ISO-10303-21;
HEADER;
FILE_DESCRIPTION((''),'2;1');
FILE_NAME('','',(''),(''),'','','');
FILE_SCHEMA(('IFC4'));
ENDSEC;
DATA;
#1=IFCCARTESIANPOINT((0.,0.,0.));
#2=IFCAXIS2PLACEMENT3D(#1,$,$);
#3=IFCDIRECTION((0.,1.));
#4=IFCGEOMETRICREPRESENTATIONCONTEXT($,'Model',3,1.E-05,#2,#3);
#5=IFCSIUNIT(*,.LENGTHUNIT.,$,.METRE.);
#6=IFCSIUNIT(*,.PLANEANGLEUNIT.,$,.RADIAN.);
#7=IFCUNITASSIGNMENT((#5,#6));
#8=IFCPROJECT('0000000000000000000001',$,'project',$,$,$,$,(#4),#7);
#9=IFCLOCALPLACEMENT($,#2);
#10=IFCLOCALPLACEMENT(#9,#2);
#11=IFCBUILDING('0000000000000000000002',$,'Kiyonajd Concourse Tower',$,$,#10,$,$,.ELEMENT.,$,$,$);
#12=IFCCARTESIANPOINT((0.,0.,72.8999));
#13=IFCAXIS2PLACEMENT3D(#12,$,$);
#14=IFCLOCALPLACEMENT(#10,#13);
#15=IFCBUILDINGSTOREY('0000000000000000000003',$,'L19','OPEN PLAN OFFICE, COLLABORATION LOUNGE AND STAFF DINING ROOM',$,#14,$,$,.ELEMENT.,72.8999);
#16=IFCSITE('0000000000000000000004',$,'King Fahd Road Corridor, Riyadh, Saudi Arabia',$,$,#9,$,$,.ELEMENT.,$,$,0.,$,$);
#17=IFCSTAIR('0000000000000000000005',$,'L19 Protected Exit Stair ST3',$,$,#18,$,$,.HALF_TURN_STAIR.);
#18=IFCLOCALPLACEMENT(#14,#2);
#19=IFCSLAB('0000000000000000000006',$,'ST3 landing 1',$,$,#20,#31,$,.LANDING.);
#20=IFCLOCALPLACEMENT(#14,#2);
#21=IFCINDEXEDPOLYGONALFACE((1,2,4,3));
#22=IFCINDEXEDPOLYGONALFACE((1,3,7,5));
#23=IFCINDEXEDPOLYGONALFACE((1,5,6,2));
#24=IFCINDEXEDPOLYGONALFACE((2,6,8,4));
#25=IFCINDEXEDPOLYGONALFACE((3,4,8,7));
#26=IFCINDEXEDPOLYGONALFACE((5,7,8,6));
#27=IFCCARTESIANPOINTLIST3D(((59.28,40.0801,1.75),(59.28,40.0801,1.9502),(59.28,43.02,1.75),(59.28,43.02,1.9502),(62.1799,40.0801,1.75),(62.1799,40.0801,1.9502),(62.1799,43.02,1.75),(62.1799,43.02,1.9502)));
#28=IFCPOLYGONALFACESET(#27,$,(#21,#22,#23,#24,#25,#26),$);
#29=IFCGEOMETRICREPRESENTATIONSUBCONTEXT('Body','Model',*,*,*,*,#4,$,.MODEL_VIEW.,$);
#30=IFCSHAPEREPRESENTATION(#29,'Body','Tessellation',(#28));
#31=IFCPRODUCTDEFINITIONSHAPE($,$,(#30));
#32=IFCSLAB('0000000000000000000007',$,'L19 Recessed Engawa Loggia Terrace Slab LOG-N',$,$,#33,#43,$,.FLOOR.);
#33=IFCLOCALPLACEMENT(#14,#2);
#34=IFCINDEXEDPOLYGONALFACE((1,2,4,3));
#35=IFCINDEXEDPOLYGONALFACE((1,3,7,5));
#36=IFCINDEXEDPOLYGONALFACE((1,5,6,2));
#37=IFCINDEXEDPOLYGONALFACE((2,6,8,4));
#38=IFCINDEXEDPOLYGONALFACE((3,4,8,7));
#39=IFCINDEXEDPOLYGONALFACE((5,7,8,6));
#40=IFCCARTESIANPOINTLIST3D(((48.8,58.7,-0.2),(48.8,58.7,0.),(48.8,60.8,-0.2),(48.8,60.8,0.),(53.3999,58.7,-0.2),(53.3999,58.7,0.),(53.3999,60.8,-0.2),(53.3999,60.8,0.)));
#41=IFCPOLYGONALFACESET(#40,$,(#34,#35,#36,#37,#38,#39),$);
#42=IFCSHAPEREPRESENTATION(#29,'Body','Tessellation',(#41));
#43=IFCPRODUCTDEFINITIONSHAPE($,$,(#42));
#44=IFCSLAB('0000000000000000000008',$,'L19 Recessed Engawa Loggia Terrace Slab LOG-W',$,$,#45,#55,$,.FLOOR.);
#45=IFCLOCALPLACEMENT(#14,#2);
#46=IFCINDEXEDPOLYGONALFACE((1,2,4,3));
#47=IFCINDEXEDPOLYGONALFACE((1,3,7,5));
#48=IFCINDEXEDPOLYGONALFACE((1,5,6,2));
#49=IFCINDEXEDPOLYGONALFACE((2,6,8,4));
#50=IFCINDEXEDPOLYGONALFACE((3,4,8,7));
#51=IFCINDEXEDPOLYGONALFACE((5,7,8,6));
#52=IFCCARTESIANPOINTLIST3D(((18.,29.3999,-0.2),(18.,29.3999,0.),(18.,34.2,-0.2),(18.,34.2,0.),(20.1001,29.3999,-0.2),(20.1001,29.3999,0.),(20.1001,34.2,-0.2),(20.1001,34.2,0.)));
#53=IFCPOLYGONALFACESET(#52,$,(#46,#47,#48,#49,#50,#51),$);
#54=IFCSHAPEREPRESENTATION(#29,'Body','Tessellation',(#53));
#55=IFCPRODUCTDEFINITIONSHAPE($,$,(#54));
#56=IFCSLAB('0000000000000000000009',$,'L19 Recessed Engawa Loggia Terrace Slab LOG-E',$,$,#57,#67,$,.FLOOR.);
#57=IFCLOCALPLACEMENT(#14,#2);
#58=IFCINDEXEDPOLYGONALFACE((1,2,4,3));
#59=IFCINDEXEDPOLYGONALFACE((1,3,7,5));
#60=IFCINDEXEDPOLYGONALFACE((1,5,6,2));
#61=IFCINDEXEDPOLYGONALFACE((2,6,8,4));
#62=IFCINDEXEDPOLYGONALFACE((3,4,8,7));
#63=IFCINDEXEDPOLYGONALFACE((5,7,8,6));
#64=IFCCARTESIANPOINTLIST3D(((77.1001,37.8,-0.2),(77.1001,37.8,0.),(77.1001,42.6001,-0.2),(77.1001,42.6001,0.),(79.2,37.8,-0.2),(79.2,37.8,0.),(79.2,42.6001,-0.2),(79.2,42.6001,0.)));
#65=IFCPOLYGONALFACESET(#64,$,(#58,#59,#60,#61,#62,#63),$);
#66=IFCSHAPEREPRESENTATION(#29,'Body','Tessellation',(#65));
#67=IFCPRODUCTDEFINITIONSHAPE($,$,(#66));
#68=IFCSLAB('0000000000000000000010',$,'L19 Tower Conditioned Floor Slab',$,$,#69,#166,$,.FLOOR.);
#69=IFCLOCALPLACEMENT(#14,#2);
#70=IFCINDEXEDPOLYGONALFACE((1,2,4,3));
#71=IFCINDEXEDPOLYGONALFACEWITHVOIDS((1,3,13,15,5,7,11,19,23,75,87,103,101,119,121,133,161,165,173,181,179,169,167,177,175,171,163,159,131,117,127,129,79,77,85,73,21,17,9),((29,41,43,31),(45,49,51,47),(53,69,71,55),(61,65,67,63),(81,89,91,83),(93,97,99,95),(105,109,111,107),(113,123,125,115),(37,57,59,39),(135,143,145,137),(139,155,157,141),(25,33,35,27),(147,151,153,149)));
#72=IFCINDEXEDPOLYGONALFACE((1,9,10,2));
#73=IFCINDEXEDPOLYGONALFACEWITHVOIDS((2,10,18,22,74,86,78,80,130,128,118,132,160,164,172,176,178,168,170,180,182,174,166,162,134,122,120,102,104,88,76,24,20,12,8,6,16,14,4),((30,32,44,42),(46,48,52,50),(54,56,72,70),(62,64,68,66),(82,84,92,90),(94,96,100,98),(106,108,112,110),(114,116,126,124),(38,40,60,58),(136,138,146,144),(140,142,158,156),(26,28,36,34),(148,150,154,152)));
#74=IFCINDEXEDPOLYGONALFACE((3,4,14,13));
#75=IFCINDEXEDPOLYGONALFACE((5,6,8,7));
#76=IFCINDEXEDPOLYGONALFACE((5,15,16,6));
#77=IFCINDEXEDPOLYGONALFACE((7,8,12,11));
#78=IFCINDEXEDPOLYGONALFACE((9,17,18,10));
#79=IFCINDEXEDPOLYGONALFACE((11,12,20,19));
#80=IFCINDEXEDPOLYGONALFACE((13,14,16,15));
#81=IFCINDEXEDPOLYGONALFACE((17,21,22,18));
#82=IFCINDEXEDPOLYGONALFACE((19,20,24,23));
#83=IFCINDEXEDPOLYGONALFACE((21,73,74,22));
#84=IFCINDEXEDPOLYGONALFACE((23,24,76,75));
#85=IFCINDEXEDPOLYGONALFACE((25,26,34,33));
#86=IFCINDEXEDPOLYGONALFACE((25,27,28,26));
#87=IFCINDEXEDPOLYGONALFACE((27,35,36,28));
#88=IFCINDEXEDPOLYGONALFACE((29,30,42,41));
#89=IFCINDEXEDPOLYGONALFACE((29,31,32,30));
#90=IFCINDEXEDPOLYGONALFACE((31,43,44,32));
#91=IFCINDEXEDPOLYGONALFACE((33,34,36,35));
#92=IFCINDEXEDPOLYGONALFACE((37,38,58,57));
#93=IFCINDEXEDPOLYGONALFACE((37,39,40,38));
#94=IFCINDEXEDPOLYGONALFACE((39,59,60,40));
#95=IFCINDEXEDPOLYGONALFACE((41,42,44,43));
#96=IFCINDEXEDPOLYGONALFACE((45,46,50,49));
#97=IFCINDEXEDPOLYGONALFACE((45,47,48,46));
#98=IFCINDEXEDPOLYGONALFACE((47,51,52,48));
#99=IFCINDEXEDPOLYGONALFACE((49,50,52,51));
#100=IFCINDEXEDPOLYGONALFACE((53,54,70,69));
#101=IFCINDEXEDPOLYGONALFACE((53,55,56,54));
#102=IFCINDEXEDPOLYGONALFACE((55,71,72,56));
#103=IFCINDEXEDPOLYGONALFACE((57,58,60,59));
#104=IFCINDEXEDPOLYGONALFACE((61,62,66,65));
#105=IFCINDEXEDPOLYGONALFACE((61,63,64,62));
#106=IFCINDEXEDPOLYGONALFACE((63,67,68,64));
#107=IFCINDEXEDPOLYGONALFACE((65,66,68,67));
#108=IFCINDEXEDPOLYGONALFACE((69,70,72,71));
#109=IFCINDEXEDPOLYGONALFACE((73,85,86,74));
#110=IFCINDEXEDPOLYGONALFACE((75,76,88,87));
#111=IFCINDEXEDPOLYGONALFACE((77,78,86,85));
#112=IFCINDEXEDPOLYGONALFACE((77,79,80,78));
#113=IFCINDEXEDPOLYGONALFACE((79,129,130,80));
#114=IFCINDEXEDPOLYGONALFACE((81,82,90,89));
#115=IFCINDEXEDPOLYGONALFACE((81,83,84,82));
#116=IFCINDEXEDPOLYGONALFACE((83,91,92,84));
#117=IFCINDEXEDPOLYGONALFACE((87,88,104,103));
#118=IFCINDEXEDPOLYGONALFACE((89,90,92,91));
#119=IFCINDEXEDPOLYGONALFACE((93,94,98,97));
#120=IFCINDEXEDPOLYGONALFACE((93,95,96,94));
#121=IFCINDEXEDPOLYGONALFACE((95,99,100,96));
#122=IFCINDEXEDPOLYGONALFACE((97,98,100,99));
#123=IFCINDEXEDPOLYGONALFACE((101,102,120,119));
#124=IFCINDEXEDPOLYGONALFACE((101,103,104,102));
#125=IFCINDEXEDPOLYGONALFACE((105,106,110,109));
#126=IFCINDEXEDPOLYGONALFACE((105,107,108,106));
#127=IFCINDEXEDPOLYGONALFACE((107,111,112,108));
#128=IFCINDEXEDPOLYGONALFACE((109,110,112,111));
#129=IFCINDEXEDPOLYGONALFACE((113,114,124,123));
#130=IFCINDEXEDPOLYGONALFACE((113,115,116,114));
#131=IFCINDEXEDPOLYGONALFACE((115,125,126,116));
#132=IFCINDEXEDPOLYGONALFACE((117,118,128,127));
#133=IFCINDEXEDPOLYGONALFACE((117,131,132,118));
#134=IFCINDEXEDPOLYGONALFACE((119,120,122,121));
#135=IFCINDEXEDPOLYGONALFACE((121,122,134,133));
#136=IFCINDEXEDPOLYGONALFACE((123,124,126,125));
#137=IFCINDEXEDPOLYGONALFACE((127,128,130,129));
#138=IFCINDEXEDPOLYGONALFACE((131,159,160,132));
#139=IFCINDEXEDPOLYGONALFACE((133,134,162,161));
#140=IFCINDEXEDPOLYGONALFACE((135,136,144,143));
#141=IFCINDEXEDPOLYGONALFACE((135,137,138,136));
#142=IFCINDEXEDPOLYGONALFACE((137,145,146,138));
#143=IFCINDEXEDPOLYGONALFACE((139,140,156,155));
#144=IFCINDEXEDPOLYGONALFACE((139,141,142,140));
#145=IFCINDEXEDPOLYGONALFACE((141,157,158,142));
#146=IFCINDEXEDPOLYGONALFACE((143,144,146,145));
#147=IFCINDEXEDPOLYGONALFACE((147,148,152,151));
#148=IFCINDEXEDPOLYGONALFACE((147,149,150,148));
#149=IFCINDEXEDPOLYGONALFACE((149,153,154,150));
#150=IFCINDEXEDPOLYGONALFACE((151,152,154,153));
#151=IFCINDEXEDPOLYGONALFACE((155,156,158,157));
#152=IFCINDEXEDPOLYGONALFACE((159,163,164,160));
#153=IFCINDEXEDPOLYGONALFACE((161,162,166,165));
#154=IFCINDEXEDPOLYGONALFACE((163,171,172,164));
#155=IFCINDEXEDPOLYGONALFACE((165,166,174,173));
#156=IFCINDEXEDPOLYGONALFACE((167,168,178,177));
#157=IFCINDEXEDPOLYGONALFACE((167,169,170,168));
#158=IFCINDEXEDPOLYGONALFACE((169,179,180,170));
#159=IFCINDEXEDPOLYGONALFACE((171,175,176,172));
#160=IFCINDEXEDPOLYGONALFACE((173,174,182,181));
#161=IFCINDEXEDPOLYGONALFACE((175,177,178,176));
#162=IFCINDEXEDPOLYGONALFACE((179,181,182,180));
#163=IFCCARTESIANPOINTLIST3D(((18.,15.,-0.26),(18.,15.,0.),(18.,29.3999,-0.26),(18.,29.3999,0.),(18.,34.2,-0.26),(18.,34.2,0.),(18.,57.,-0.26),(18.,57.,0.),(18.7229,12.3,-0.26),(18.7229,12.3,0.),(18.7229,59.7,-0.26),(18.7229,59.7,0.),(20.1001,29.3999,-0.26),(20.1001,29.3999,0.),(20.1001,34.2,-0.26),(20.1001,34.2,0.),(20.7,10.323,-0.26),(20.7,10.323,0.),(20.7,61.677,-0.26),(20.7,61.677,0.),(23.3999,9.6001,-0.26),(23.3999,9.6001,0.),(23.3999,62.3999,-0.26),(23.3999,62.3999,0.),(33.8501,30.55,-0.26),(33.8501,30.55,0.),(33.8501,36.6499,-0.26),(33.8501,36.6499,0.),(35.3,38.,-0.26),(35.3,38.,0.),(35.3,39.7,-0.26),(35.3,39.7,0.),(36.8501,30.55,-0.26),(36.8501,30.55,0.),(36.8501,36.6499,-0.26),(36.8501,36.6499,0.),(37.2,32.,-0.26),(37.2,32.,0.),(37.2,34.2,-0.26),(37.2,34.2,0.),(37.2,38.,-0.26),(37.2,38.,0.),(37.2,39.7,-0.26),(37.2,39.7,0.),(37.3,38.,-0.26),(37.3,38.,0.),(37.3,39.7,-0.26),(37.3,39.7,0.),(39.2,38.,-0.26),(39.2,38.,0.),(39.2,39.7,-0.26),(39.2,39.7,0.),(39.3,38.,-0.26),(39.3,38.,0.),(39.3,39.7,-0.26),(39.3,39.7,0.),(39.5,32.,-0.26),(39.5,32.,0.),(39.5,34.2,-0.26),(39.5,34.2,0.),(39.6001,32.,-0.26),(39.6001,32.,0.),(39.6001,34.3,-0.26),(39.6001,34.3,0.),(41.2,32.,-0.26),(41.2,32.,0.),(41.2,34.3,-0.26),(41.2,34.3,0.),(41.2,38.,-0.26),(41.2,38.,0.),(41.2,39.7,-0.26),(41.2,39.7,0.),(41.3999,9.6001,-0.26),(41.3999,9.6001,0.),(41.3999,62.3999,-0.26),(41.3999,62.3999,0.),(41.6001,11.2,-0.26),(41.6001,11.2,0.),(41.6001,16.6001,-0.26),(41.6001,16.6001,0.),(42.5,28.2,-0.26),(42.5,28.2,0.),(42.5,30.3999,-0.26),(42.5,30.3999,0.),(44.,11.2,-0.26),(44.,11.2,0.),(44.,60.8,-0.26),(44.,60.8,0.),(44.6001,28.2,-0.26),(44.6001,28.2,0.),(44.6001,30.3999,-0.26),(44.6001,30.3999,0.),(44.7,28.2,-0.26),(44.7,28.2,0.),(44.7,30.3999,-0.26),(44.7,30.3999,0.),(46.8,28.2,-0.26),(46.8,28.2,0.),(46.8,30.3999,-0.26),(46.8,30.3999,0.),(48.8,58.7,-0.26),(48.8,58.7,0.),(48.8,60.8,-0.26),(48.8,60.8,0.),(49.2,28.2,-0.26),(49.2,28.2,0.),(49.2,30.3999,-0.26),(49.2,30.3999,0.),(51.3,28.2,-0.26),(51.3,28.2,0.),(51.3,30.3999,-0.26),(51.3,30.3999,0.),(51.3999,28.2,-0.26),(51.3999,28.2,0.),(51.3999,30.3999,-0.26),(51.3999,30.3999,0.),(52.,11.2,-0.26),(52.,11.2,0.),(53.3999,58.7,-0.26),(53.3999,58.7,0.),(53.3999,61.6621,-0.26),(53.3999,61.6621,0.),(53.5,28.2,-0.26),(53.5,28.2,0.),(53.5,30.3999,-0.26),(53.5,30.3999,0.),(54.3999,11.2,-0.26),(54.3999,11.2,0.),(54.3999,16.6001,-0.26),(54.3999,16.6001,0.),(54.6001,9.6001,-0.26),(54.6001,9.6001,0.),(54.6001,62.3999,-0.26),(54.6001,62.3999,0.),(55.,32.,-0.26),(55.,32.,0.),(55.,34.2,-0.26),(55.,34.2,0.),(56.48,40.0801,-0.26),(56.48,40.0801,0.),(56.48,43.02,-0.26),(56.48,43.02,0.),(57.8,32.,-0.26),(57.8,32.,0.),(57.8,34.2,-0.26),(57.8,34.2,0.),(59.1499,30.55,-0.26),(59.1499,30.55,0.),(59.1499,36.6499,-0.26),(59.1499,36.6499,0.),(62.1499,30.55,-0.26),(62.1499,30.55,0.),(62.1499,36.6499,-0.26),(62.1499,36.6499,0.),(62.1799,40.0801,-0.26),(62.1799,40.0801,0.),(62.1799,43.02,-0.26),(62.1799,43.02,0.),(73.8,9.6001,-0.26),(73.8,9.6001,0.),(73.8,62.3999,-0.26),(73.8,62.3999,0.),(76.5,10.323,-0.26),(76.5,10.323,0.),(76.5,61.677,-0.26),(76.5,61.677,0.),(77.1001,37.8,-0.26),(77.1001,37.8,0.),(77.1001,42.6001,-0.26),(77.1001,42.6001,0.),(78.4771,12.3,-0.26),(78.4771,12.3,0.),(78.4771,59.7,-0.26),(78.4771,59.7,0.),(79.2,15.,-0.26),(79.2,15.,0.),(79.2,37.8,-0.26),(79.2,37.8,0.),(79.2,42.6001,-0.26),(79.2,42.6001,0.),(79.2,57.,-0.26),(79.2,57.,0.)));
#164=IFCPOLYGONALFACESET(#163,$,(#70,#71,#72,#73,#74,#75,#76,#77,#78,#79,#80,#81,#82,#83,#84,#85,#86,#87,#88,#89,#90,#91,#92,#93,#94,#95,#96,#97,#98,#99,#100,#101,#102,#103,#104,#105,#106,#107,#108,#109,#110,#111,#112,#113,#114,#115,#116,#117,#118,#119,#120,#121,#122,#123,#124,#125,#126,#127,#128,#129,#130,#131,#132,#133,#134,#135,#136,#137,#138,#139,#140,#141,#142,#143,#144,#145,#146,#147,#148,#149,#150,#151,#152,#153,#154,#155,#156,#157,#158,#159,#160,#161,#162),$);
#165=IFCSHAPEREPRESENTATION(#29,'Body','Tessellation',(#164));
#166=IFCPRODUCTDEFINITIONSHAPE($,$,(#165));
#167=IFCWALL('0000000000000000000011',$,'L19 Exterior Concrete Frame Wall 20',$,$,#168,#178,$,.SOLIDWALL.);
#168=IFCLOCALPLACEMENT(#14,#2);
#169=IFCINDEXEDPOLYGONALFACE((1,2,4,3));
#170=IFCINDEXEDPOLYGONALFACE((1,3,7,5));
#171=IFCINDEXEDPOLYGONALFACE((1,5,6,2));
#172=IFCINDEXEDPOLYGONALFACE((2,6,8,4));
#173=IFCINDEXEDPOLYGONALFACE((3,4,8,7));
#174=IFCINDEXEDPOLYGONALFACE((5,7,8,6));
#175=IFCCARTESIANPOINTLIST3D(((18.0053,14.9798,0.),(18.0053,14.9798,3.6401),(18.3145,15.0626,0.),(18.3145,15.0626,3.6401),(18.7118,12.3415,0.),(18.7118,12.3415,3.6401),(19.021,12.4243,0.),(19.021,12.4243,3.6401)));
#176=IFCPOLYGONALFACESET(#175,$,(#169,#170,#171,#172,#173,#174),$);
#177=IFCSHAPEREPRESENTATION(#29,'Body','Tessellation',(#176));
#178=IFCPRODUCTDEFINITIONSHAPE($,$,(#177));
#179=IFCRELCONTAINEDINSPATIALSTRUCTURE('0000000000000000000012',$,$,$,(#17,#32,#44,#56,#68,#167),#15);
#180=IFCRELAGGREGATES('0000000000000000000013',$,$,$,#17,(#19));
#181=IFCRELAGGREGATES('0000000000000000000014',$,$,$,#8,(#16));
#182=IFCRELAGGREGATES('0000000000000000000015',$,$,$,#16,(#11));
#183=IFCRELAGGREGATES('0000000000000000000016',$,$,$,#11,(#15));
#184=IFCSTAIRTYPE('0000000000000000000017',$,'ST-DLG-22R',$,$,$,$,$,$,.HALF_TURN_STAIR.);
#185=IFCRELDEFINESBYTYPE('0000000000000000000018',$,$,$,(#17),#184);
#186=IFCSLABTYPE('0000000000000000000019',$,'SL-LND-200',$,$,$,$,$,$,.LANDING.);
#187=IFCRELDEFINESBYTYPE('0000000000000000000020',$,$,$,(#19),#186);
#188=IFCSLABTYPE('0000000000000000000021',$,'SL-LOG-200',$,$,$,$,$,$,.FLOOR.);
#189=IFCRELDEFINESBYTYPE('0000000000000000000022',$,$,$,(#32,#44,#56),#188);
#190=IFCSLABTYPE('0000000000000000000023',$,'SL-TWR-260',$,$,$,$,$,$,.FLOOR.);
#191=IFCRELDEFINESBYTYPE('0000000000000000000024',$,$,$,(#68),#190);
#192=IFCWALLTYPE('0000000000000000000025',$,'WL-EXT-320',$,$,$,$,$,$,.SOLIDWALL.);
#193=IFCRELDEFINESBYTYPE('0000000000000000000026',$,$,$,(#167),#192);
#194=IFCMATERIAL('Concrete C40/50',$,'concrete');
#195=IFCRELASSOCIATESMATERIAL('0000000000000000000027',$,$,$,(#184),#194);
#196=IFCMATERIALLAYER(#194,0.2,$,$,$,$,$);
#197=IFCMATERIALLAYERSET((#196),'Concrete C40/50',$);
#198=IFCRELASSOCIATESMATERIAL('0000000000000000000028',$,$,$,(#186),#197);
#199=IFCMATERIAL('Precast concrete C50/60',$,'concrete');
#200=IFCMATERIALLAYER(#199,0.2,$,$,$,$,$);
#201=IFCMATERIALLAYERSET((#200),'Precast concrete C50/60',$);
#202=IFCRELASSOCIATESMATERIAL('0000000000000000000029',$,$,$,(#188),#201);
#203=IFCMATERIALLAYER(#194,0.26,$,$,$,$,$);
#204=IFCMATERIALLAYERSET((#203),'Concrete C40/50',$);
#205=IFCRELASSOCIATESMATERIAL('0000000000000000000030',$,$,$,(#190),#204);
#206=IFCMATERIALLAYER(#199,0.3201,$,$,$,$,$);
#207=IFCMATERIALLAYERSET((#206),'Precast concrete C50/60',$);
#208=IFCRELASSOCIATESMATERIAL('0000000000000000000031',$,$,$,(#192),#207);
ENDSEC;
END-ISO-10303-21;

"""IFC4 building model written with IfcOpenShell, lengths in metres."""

from ifc_helpers import new_model, si_unit, direction, frame, frame_2d, origin, place, context, subcontext, project, spatial, polyline, rectangle, outline, extrude, material, layer, layer_set, type_object, element, aggregate, save


model = new_model("IFC4")

# Units and contexts
model_context = context("Model", 3, precision=1e-05, world=origin(), true_north=direction((0.0, 1.0)))
body_context = subcontext(model_context, "Body", "Model", "MODEL_VIEW")
ifc_project = project(units=[si_unit("LENGTHUNIT", "METRE"), si_unit("PLANEANGLEUNIT", "RADIAN")], contexts=[model_context])

# Site, building, storey
site_placement = place(None, origin())
site = spatial("IfcSite", under=ifc_project, at=site_placement, Name="King Fahd Road Corridor, Riyadh, Saudi Arabia", CompositionType="ELEMENT", RefElevation=0.0)
building_placement = place(site_placement, origin())
building = spatial("IfcBuilding", under=site, at=building_placement, Name="Kiyonajd Concourse Tower", CompositionType="ELEMENT")
storey_placement = place(building_placement, frame((0.0, 0.0, 72.8999)))
storey = spatial("IfcBuildingStorey", under=building, at=storey_placement, Name="L19", Description="OPEN PLAN OFFICE, COLLABORATION LOUNGE AND STAFF DINING ROOM", CompositionType="ELEMENT", Elevation=72.8999)

# Shared definitions
ifc_material_1 = material(Name="Precast concrete C50/60", Category="concrete")

# Stair, slab
ifc_material_2 = material(Name="Concrete C40/50", Category="concrete")
stair_type = type_object("IfcStairType", Name="ST-DLG-22R", PredefinedType="HALF_TURN_STAIR", material=ifc_material_2)
ifc_layer_1 = layer(ifc_material_2, 0.2)
ifc_layer_set_1 = layer_set([ifc_layer_1], Name="Concrete C40/50")
slab_type_1 = type_object("IfcSlabType", Name="SL-LND-200", PredefinedType="LANDING", material=ifc_layer_set_1)
stair_1_placement = place(storey_placement, origin())
stair_1 = element("IfcStair", 1, at=stair_1_placement, inside=storey, type_object=stair_type, Name="L19 Protected Exit Stair ST3", PredefinedType="HALF_TURN_STAIR")
slab_1_placement = place(storey_placement, frame((0.0, 0.0, 1.75)))
slab_1 = element("IfcSlab", 2, at=slab_1_placement, type_object=slab_type_1, Name="ST3 landing 1", PredefinedType="LANDING", context=body_context, shape_type="SweptSolid", body=[
    extrude(outline(polyline([(59.28, 40.0801), (62.1799, 40.0801), (62.1799, 43.02), (59.28, 43.02), (59.28, 40.0801)])), origin(), (0.0, 0.0, 1.0), 0.2002),
])
aggregate(stair_1, [slab_1])

# Slabs
ifc_layer_2 = layer(ifc_material_1, 0.2)
ifc_layer_set_2 = layer_set([ifc_layer_2], Name="Precast concrete C50/60")
slab_type_2 = type_object("IfcSlabType", Name="SL-LOG-200", PredefinedType="FLOOR", material=ifc_layer_set_2)
slab_2_placement = place(storey_placement, frame((0.0, 0.0, -0.2)))
element("IfcSlab", 3, at=slab_2_placement, inside=storey, type_object=slab_type_2, Name="L19 Recessed Engawa Loggia Terrace Slab LOG-N", PredefinedType="FLOOR", context=body_context, shape_type="SweptSolid", body=[
    extrude(outline(polyline([(48.8, 58.7), (53.3999, 58.7), (53.3999, 60.8), (48.8, 60.8), (48.8, 58.7)])), origin(), (0.0, 0.0, 1.0), 0.2),
])
slab_3_placement = place(storey_placement, frame((0.0, 0.0, -0.2)))
element("IfcSlab", 4, at=slab_3_placement, inside=storey, type_object=slab_type_2, Name="L19 Recessed Engawa Loggia Terrace Slab LOG-W", PredefinedType="FLOOR", context=body_context, shape_type="SweptSolid", body=[
    extrude(outline(polyline([(18.0, 29.3999), (20.1001, 29.3999), (20.1001, 34.2), (18.0, 34.2), (18.0, 29.3999)])), origin(), (0.0, 0.0, 1.0), 0.2),
])
slab_4_placement = place(storey_placement, frame((0.0, 0.0, -0.2)))
element("IfcSlab", 5, at=slab_4_placement, inside=storey, type_object=slab_type_2, Name="L19 Recessed Engawa Loggia Terrace Slab LOG-E", PredefinedType="FLOOR", context=body_context, shape_type="SweptSolid", body=[
    extrude(outline(polyline([(77.1001, 37.8), (79.2, 37.8), (79.2, 42.6001), (77.1001, 42.6001), (77.1001, 37.8)])), origin(), (0.0, 0.0, 1.0), 0.2),
])
ifc_layer_3 = layer(ifc_material_2, 0.26)
ifc_layer_set_3 = layer_set([ifc_layer_3], Name="Concrete C40/50")
slab_type_3 = type_object("IfcSlabType", Name="SL-TWR-260", PredefinedType="FLOOR", material=ifc_layer_set_3)
slab_5_placement = place(storey_placement, frame((0.0, 0.0, -0.26)))
element("IfcSlab", 6, at=slab_5_placement, inside=storey, type_object=slab_type_3, Name="L19 Tower Conditioned Floor Slab", PredefinedType="FLOOR", context=body_context, shape_type="SweptSolid", body=[
    extrude(outline(polyline([(78.4771, 59.7), (79.2, 57.0), (79.2, 42.6001), (77.1001, 42.6001), (77.1001, 37.8), (79.2, 37.8), (79.2, 15.0), (78.4771, 12.3), (76.5, 10.323), (73.8, 9.6001), (54.6001, 9.6001), (52.0, 11.2), (54.3999, 11.2), (54.3999, 16.6001), (41.6001, 16.6001), (41.6001, 11.2), (44.0, 11.2), (41.3999, 9.6001), (23.3999, 9.6001), (20.7, 10.323), (18.7229, 12.3), (18.0, 15.0), (18.0, 29.3999), (20.1001, 29.3999), (20.1001, 34.2), (18.0, 34.2), (18.0, 57.0), (18.7229, 59.7), (20.7, 61.677), (23.3999, 62.3999), (41.3999, 62.3999), (44.0, 60.8), (48.8, 60.8), (48.8, 58.7), (53.3999, 58.7), (53.3999, 61.6621), (54.6001, 62.3999), (73.8, 62.3999), (76.5, 61.677), (78.4771, 59.7)]), holes=[polyline([(44.6001, 28.2), (42.5, 28.2), (42.5, 30.3999), (44.6001, 30.3999), (44.6001, 28.2)]), polyline([(37.2, 32.0), (37.2, 34.2), (39.5, 34.2), (39.5, 32.0), (37.2, 32.0)]), polyline([(39.6001, 32.0), (39.6001, 34.3), (41.2, 34.3), (41.2, 32.0), (39.6001, 32.0)]), polyline([(36.8501, 30.55), (33.8501, 30.55), (33.8501, 36.6499), (36.8501, 36.6499), (36.8501, 30.55)]), polyline([(35.3, 38.0), (35.3, 39.7), (37.2, 39.7), (37.2, 38.0), (35.3, 38.0)]), polyline([(37.3, 38.0), (37.3, 39.7), (39.2, 39.7), (39.2, 38.0), (37.3, 38.0)]), polyline([(41.2, 38.0), (39.3, 38.0), (39.3, 39.7), (41.2, 39.7), (41.2, 38.0)]), polyline([(44.7, 28.2), (44.7, 30.3999), (46.8, 30.3999), (46.8, 28.2), (44.7, 28.2)]), polyline([(49.2, 28.2), (49.2, 30.3999), (51.3, 30.3999), (51.3, 28.2), (49.2, 28.2)]), polyline([(51.3999, 28.2), (51.3999, 30.3999), (53.5, 30.3999), (53.5, 28.2), (51.3999, 28.2)]), polyline([(55.0, 32.0), (55.0, 34.2), (57.8, 34.2), (57.8, 32.0), (55.0, 32.0)]), polyline([(59.1499, 30.55), (59.1499, 36.6499), (62.1499, 36.6499), (62.1499, 30.55), (59.1499, 30.55)]), polyline([(56.48, 43.02), (62.1799, 43.02), (62.1799, 40.0801), (56.48, 40.0801), (56.48, 43.02)])]), origin(), (0.0, 0.0, 1.0), 0.26),
])

# Wall
ifc_layer_4 = layer(ifc_material_1, 0.3201)
ifc_layer_set_4 = layer_set([ifc_layer_4], Name="Precast concrete C50/60")
wall_type = type_object("IfcWallType", Name="WL-EXT-320", PredefinedType="SOLIDWALL", material=ifc_layer_set_4)
wall_1_placement = place(storey_placement, frame((18.8665, 12.3828, 0.0), z_axis=(0.0, 0.0, 1.0), x_axis=(-0.258697, 0.965958, 0.0)))
element("IfcWall", 7, at=wall_1_placement, inside=storey, type_object=wall_type, Name="L19 Exterior Concrete Frame Wall 20", PredefinedType="SOLIDWALL", context=body_context, shape_type="SweptSolid", body=[
    extrude(rectangle(XDim=2.7312, YDim=0.3201, at=frame_2d((1.3657, 0.0))), origin(), (0.0, 0.0, 1.0), 3.6401),
])

save(model, "model.ifc")
